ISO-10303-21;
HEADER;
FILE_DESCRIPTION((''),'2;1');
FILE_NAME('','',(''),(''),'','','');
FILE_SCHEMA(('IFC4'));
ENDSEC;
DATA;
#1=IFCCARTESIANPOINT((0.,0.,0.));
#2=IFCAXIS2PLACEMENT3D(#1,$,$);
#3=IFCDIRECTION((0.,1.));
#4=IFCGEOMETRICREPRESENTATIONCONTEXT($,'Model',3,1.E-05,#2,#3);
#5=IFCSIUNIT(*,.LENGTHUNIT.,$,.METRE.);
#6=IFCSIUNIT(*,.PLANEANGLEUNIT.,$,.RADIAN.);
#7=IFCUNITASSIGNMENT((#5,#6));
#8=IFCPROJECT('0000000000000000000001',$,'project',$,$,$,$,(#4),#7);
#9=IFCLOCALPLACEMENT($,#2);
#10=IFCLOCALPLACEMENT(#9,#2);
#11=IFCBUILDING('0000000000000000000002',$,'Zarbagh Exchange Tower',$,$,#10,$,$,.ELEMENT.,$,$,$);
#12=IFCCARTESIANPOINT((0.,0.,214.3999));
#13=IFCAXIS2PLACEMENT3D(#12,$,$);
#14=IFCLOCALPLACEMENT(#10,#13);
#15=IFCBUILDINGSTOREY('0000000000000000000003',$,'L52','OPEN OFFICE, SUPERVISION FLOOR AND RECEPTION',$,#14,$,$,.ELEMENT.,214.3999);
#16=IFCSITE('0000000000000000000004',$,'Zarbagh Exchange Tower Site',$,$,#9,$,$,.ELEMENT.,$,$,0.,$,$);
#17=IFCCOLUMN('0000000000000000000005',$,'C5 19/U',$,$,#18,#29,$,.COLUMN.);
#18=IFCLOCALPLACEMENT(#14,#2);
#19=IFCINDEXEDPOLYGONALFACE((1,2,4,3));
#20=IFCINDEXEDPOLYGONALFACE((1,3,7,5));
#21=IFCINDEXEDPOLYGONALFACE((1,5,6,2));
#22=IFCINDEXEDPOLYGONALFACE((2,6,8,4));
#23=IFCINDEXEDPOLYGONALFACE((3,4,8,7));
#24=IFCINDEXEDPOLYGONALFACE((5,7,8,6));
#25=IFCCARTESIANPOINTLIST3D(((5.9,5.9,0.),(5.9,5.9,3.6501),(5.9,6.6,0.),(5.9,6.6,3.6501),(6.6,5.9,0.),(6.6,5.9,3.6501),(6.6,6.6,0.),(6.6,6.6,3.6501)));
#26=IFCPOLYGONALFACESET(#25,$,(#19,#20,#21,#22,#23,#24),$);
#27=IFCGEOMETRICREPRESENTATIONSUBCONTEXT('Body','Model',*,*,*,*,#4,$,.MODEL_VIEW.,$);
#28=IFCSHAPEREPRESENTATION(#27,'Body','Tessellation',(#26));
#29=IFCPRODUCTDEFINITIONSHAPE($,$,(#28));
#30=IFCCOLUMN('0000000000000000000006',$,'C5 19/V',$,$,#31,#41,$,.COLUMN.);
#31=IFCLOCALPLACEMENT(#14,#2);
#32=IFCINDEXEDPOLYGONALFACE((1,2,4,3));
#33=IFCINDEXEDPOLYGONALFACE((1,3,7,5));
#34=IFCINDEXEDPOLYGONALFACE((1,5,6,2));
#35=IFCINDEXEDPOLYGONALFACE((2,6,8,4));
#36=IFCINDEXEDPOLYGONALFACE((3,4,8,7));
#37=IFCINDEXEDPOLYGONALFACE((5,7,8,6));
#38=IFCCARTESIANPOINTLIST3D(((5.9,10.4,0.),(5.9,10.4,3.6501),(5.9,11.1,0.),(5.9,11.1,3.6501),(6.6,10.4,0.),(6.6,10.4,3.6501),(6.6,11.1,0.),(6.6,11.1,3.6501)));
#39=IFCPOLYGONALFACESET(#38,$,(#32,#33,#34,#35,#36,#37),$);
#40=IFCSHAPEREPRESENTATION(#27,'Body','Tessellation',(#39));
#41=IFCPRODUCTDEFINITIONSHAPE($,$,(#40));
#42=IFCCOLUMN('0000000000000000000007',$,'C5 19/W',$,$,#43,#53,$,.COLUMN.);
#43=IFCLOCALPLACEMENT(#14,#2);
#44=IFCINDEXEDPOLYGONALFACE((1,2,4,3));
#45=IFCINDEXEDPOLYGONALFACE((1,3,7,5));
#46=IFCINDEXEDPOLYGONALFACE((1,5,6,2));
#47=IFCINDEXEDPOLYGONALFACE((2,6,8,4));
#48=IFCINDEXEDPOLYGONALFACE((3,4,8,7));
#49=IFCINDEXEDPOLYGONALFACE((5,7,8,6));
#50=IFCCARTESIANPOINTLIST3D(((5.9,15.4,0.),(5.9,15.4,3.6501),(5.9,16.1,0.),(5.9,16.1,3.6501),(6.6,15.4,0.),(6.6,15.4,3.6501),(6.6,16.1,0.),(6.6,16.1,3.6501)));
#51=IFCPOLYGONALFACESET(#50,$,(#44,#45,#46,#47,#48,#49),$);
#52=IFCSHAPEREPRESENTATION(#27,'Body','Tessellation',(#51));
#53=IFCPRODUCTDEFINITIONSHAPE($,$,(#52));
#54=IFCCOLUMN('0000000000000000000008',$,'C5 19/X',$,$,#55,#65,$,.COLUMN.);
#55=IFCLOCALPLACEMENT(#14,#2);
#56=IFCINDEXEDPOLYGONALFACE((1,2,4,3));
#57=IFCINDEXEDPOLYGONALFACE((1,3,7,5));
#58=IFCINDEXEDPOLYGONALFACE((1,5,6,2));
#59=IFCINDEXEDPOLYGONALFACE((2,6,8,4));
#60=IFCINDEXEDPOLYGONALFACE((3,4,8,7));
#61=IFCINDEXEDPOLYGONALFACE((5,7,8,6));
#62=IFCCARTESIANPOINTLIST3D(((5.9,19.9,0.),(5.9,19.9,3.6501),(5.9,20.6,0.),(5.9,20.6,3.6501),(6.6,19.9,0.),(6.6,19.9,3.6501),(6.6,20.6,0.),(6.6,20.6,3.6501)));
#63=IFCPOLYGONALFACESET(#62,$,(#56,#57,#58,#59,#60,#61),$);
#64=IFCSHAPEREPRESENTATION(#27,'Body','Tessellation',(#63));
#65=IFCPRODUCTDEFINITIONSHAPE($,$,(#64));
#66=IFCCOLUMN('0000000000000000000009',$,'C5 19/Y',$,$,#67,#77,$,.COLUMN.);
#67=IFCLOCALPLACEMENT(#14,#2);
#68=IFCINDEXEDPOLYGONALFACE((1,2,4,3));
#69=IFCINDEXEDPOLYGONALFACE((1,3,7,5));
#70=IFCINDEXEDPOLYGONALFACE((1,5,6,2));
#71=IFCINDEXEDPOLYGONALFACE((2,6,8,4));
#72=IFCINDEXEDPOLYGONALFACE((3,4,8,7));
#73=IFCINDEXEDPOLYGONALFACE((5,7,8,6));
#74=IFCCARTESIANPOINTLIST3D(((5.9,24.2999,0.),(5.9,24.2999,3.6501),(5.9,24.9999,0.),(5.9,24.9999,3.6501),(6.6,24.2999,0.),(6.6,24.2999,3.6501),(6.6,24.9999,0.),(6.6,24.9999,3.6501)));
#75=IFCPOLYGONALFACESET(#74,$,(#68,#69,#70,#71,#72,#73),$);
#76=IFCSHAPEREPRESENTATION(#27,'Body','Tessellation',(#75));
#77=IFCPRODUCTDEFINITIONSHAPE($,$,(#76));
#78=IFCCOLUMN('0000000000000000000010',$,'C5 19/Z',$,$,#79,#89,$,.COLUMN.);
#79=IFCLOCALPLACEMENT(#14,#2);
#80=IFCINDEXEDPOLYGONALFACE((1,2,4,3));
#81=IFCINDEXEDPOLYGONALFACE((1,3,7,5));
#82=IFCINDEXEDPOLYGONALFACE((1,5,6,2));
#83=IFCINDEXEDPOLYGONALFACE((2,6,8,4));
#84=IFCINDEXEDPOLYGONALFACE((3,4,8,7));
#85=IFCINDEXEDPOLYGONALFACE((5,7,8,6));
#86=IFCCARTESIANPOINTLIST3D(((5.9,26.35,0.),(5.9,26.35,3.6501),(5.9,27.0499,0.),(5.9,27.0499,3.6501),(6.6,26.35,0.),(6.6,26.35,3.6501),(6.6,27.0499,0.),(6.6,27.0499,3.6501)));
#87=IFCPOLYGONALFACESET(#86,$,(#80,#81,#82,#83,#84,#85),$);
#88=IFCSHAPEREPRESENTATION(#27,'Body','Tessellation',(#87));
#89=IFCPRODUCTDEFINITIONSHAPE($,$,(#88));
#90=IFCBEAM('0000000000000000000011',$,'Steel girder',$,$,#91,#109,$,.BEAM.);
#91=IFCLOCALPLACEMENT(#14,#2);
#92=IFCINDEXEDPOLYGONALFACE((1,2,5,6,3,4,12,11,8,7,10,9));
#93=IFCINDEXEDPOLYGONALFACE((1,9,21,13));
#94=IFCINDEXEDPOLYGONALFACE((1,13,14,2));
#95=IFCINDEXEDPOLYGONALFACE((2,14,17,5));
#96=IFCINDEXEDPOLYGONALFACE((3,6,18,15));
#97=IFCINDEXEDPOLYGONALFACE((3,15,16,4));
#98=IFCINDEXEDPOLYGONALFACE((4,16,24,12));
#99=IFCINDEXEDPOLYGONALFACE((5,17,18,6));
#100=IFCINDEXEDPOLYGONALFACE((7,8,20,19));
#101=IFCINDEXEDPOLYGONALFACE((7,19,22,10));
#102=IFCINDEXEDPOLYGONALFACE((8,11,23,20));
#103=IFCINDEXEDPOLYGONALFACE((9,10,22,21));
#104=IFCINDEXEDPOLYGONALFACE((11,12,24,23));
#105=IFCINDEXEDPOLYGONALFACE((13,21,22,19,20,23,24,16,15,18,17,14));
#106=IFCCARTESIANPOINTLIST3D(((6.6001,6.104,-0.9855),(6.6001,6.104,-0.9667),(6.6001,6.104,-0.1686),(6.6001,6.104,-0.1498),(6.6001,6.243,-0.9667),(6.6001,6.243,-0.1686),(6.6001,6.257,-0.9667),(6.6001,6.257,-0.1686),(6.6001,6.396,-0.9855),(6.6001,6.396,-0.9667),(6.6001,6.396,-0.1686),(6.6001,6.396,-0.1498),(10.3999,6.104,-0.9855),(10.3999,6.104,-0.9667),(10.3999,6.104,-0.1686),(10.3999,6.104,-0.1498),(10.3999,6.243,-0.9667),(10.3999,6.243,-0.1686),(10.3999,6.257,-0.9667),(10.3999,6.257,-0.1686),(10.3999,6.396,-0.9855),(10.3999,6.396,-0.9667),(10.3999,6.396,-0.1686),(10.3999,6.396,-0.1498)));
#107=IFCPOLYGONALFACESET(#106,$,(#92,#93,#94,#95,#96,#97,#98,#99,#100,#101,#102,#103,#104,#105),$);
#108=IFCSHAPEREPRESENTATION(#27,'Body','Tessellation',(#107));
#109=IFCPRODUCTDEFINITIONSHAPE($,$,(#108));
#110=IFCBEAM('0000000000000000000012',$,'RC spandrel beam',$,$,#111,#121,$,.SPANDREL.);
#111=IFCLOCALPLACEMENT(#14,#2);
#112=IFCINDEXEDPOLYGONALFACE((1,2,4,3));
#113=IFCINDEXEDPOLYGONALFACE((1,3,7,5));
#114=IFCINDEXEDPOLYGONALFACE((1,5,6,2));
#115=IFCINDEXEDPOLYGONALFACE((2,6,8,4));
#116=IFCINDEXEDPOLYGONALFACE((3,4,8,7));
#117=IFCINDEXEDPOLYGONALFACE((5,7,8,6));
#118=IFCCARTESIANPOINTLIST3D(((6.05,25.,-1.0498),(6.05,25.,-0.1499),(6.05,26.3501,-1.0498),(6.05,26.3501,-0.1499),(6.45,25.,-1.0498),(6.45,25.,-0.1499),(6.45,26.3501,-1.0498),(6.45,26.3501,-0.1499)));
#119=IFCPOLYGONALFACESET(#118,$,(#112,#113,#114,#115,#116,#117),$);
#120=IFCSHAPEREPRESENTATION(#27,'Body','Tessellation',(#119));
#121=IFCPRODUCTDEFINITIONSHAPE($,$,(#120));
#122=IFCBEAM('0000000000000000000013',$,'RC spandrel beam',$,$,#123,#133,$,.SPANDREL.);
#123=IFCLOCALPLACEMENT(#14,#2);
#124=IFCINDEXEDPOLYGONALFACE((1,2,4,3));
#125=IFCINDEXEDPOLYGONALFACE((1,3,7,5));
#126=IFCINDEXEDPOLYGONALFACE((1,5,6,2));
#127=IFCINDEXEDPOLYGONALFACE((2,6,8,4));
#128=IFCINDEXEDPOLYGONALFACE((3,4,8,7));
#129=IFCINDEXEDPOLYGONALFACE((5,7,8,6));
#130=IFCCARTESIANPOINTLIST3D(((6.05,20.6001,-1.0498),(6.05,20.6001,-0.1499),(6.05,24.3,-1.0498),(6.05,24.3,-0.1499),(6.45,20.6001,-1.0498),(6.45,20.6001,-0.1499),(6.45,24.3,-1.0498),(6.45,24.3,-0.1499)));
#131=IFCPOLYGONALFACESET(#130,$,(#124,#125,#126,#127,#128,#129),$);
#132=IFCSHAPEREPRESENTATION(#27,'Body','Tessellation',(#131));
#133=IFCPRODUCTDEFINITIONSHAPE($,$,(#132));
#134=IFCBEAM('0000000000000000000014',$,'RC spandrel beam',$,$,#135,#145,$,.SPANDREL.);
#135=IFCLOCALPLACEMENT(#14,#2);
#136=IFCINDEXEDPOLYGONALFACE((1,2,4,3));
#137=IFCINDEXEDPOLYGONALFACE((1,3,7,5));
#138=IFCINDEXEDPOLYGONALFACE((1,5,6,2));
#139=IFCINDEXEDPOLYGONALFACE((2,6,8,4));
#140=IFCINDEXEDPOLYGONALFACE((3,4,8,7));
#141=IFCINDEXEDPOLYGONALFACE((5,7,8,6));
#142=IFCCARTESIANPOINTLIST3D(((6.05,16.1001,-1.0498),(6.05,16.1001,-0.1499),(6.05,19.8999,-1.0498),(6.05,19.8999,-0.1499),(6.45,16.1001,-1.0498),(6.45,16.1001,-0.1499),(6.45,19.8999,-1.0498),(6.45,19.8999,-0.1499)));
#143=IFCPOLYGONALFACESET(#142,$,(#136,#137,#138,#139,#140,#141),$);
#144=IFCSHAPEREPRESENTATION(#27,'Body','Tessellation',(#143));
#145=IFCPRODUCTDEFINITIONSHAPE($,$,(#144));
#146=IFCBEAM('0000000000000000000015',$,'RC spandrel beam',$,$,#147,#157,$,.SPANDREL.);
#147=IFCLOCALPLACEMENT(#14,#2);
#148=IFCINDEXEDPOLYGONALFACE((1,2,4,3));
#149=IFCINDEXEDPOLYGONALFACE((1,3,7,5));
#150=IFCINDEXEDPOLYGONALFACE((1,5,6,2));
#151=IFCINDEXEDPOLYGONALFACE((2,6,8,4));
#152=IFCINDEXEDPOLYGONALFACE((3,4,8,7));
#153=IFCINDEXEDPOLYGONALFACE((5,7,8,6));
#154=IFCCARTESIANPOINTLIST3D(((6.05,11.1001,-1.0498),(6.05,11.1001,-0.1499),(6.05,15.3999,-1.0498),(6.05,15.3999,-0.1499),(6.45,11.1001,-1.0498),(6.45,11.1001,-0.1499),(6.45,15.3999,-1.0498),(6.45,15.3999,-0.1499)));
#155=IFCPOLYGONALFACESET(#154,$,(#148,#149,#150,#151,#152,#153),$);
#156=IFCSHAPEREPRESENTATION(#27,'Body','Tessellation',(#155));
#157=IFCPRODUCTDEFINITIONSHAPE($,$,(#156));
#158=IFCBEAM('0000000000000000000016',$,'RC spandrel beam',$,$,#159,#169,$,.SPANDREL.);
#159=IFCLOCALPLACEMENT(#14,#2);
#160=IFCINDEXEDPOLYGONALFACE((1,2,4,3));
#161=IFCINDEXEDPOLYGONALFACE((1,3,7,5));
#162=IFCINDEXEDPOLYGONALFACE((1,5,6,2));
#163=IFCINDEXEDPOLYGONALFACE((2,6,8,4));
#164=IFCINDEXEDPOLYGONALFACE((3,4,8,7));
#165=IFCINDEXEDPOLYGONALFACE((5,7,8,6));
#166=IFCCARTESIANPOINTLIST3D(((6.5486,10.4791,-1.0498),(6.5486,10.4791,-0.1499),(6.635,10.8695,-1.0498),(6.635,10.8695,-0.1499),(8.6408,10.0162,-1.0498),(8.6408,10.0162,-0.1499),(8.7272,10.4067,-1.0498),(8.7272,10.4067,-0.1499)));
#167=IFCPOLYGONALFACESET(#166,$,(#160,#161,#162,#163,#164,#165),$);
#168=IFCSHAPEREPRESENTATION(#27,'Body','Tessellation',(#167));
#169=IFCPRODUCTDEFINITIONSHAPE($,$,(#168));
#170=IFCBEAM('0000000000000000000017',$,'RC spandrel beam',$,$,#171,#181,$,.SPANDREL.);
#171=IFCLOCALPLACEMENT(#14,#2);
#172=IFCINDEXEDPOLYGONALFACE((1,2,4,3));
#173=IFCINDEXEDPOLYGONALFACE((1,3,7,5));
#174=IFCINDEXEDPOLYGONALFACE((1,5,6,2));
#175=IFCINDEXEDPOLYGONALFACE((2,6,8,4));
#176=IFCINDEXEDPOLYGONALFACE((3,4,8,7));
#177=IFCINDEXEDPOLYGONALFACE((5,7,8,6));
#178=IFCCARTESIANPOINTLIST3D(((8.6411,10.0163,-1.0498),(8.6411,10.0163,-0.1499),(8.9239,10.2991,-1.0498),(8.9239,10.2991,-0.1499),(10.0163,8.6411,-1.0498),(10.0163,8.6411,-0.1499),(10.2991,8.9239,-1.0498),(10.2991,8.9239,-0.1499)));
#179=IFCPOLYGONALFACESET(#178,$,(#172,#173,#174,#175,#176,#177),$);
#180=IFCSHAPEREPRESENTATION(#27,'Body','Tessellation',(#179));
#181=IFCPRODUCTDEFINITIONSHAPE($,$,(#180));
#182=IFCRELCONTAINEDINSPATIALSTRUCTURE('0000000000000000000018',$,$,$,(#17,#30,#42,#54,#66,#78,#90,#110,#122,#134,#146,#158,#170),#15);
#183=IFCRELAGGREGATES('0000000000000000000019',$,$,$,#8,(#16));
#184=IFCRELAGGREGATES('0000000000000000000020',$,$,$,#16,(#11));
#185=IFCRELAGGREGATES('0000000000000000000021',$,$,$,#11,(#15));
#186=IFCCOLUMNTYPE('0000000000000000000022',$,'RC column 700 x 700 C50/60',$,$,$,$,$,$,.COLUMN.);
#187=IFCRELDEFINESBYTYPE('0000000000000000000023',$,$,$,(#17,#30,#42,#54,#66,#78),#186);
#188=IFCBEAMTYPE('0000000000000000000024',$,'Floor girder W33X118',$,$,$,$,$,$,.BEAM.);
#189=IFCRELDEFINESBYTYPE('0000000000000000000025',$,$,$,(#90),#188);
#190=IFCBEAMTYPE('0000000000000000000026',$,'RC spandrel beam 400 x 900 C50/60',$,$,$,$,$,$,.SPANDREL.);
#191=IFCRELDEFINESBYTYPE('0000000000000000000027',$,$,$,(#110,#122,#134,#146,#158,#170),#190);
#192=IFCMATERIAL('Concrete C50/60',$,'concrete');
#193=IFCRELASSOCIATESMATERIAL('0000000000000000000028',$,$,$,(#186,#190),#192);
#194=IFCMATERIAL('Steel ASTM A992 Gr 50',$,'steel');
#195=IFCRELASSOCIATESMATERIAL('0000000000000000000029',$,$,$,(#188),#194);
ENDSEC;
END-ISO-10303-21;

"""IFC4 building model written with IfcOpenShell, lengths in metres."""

from ifc_helpers import new_model, si_unit, direction, frame, origin, origin_2d, place, context, subcontext, project, spatial, rectangle, i_section, extrude, material, material_profile, profile_set, type_object, element, save


model = new_model("IFC4")

# Units and contexts
model_context = context("Model", 3, precision=1e-05, world=origin(), true_north=direction((0.0, 1.0)))
body_context = subcontext(model_context, "Body", "Model", "MODEL_VIEW")
ifc_project = project(units=[si_unit("LENGTHUNIT", "METRE"), si_unit("PLANEANGLEUNIT", "RADIAN")], contexts=[model_context])

# Site, building, storey
site_placement = place(None, origin())
site = spatial("IfcSite", under=ifc_project, at=site_placement, Name="Zarbagh Exchange Tower Site", CompositionType="ELEMENT", RefElevation=0.0)
building_placement = place(site_placement, origin())
building = spatial("IfcBuilding", under=site, at=building_placement, Name="Zarbagh Exchange Tower", CompositionType="ELEMENT")
storey_placement = place(building_placement, frame((0.0, 0.0, 214.3999)))
storey = spatial("IfcBuildingStorey", under=building, at=storey_placement, Name="L52", Description="OPEN OFFICE, SUPERVISION FLOOR AND RECEPTION", CompositionType="ELEMENT", Elevation=214.3999)

# Columns
ifc_material_1 = material(Name="Concrete C50/60", Category="concrete")
ifc_material_profile_1 = material_profile(ifc_material_1, rectangle(XDim=0.7, YDim=0.7, at=origin_2d()), Name="RC column 700 x 700 C50/60")
ifc_profile_set_1 = profile_set([ifc_material_profile_1], Name="Concrete C50/60")
column_type = type_object("IfcColumnType", Name="RC column 700 x 700 C50/60", PredefinedType="COLUMN", material=ifc_profile_set_1)
for number, where, z_axis, x_axis, name in (
    (1, (6.25, 6.25, 0.0), (0.0, 0.0, 1.0), (1.0, 0.0, 0.0), "C5 19/U"),
    (2, (6.25, 10.75, 0.0), (0.0, 0.0, 1.0), (1.0, 0.0, 0.0), "C5 19/V"),
    (3, (6.25, 15.75, 0.0), (0.0, 0.0, 1.0), (1.0, 0.0, 0.0), "C5 19/W"),
    (4, (6.25, 20.25, 0.0), (0.0, 0.0, 1.0), (1.0, 0.0, 0.0), "C5 19/X"),
    (5, (6.25, 24.6499, 0.0), (0.0, 0.0, 1.0), (1.0, 0.0, 0.0), "C5 19/Y"),
    (6, (6.25, 26.7, 0.0), (0.0, 0.0, 1.0), (1.0, 0.0, 0.0), "C5 19/Z"),
):
    element("IfcColumn", number, at=place(storey_placement, frame(where, z_axis=z_axis, x_axis=x_axis)), inside=storey, type_object=column_type, Name=name, PredefinedType="COLUMN", context=body_context, shape_type="SweptSolid", body=[
        extrude(rectangle(XDim=0.7, YDim=0.7, at=origin_2d()), origin(), (0.0, 0.0, 1.0), 3.6501),
    ])

# Beams
ifc_material_2 = material(Name="Steel ASTM A992 Gr 50", Category="steel")
ifc_material_profile_2 = material_profile(ifc_material_2, i_section(OverallWidth=0.292, OverallDepth=0.8357, WebThickness=0.0139, FlangeThickness=0.0188, at=origin_2d()), Name="W33X118")
ifc_profile_set_2 = profile_set([ifc_material_profile_2], Name="Steel ASTM A992 Gr 50")
beam_type_1 = type_object("IfcBeamType", Name="Floor girder W33X118", PredefinedType="BEAM", material=ifc_profile_set_2)
beam_1_placement = place(storey_placement, frame((6.6001, 6.25, -0.5676), z_axis=(1.0, 0.0, 0.0), x_axis=(0.0, 1.0, 0.0)))
element("IfcBeam", 7, at=beam_1_placement, inside=storey, type_object=beam_type_1, Name="Steel girder", PredefinedType="BEAM", context=body_context, shape_type="SweptSolid", body=[
    extrude(i_section(OverallWidth=0.292, OverallDepth=0.8357, WebThickness=0.0139, FlangeThickness=0.0188, at=origin_2d()), origin(), (0.0, 0.0, 1.0), 3.7998),
])
ifc_material_profile_3 = material_profile(ifc_material_1, rectangle(XDim=0.3999, YDim=0.8999, at=origin_2d()), Name="RC spandrel beam 400 x 900 C50/60")
ifc_profile_set_3 = profile_set([ifc_material_profile_3], Name="Concrete C50/60")
beam_type_2 = type_object("IfcBeamType", Name="RC spandrel beam 400 x 900 C50/60", PredefinedType="SPANDREL", material=ifc_profile_set_3)
beam_2_placement = place(storey_placement, frame((6.25, 26.3501, -0.5999), z_axis=(0.0, -1.0, 0.0), x_axis=(1.0, 0.0, 0.0)))
element("IfcBeam", 8, at=beam_2_placement, inside=storey, type_object=beam_type_2, Name="RC spandrel beam", PredefinedType="SPANDREL", context=body_context, shape_type="SweptSolid", body=[
    extrude(rectangle(XDim=0.3999, YDim=0.8999, at=origin_2d()), origin(), (0.0, 0.0, 1.0), 1.3501),
])
beam_3_placement = place(storey_placement, frame((6.25, 24.3, -0.5999), z_axis=(0.0, -1.0, 0.0), x_axis=(1.0, 0.0, 0.0)))
element("IfcBeam", 9, at=beam_3_placement, inside=storey, type_object=beam_type_2, Name="RC spandrel beam", PredefinedType="SPANDREL", context=body_context, shape_type="SweptSolid", body=[
    extrude(rectangle(XDim=0.3999, YDim=0.8999, at=origin_2d()), origin(), (0.0, 0.0, 1.0), 3.7),
])
beam_4_placement = place(storey_placement, frame((6.25, 19.8999, -0.5999), z_axis=(0.0, -1.0, 0.0), x_axis=(1.0, 0.0, 0.0)))
element("IfcBeam", 10, at=beam_4_placement, inside=storey, type_object=beam_type_2, Name="RC spandrel beam", PredefinedType="SPANDREL", context=body_context, shape_type="SweptSolid", body=[
    extrude(rectangle(XDim=0.3999, YDim=0.8999, at=origin_2d()), origin(), (0.0, 0.0, 1.0), 3.7998),
])
beam_5_placement = place(storey_placement, frame((6.25, 15.3999, -0.5999), z_axis=(0.0, -1.0, 0.0), x_axis=(1.0, 0.0, 0.0)))
element("IfcBeam", 11, at=beam_5_placement, inside=storey, type_object=beam_type_2, Name="RC spandrel beam", PredefinedType="SPANDREL", context=body_context, shape_type="SweptSolid", body=[
    extrude(rectangle(XDim=0.3999, YDim=0.8999, at=origin_2d()), origin(), (0.0, 0.0, 1.0), 4.2998),
])
beam_6_placement = place(storey_placement, frame((6.5918, 10.6743, -0.5999), z_axis=(0.97639, -0.216014, 0.0), x_axis=(0.216014, 0.97639, 0.0)))
element("IfcBeam", 12, at=beam_6_placement, inside=storey, type_object=beam_type_2, Name="RC spandrel beam", PredefinedType="SPANDREL", context=body_context, shape_type="SweptSolid", body=[
    extrude(rectangle(XDim=0.3999, YDim=0.8999, at=origin_2d()), origin(), (0.0, 0.0, 1.0), 2.1428),
])
beam_7_placement = place(storey_placement, frame((8.7825, 10.1577, -0.5999), z_axis=(0.707107, -0.707107, 0.0), x_axis=(0.707107, 0.707107, 0.0)))
element("IfcBeam", 13, at=beam_7_placement, inside=storey, type_object=beam_type_2, Name="RC spandrel beam", PredefinedType="SPANDREL", context=body_context, shape_type="SweptSolid", body=[
    extrude(rectangle(XDim=0.3999, YDim=0.8999, at=origin_2d()), origin(), (0.0, 0.0, 1.0), 1.9448),
])

save(model, "model.ifc")
